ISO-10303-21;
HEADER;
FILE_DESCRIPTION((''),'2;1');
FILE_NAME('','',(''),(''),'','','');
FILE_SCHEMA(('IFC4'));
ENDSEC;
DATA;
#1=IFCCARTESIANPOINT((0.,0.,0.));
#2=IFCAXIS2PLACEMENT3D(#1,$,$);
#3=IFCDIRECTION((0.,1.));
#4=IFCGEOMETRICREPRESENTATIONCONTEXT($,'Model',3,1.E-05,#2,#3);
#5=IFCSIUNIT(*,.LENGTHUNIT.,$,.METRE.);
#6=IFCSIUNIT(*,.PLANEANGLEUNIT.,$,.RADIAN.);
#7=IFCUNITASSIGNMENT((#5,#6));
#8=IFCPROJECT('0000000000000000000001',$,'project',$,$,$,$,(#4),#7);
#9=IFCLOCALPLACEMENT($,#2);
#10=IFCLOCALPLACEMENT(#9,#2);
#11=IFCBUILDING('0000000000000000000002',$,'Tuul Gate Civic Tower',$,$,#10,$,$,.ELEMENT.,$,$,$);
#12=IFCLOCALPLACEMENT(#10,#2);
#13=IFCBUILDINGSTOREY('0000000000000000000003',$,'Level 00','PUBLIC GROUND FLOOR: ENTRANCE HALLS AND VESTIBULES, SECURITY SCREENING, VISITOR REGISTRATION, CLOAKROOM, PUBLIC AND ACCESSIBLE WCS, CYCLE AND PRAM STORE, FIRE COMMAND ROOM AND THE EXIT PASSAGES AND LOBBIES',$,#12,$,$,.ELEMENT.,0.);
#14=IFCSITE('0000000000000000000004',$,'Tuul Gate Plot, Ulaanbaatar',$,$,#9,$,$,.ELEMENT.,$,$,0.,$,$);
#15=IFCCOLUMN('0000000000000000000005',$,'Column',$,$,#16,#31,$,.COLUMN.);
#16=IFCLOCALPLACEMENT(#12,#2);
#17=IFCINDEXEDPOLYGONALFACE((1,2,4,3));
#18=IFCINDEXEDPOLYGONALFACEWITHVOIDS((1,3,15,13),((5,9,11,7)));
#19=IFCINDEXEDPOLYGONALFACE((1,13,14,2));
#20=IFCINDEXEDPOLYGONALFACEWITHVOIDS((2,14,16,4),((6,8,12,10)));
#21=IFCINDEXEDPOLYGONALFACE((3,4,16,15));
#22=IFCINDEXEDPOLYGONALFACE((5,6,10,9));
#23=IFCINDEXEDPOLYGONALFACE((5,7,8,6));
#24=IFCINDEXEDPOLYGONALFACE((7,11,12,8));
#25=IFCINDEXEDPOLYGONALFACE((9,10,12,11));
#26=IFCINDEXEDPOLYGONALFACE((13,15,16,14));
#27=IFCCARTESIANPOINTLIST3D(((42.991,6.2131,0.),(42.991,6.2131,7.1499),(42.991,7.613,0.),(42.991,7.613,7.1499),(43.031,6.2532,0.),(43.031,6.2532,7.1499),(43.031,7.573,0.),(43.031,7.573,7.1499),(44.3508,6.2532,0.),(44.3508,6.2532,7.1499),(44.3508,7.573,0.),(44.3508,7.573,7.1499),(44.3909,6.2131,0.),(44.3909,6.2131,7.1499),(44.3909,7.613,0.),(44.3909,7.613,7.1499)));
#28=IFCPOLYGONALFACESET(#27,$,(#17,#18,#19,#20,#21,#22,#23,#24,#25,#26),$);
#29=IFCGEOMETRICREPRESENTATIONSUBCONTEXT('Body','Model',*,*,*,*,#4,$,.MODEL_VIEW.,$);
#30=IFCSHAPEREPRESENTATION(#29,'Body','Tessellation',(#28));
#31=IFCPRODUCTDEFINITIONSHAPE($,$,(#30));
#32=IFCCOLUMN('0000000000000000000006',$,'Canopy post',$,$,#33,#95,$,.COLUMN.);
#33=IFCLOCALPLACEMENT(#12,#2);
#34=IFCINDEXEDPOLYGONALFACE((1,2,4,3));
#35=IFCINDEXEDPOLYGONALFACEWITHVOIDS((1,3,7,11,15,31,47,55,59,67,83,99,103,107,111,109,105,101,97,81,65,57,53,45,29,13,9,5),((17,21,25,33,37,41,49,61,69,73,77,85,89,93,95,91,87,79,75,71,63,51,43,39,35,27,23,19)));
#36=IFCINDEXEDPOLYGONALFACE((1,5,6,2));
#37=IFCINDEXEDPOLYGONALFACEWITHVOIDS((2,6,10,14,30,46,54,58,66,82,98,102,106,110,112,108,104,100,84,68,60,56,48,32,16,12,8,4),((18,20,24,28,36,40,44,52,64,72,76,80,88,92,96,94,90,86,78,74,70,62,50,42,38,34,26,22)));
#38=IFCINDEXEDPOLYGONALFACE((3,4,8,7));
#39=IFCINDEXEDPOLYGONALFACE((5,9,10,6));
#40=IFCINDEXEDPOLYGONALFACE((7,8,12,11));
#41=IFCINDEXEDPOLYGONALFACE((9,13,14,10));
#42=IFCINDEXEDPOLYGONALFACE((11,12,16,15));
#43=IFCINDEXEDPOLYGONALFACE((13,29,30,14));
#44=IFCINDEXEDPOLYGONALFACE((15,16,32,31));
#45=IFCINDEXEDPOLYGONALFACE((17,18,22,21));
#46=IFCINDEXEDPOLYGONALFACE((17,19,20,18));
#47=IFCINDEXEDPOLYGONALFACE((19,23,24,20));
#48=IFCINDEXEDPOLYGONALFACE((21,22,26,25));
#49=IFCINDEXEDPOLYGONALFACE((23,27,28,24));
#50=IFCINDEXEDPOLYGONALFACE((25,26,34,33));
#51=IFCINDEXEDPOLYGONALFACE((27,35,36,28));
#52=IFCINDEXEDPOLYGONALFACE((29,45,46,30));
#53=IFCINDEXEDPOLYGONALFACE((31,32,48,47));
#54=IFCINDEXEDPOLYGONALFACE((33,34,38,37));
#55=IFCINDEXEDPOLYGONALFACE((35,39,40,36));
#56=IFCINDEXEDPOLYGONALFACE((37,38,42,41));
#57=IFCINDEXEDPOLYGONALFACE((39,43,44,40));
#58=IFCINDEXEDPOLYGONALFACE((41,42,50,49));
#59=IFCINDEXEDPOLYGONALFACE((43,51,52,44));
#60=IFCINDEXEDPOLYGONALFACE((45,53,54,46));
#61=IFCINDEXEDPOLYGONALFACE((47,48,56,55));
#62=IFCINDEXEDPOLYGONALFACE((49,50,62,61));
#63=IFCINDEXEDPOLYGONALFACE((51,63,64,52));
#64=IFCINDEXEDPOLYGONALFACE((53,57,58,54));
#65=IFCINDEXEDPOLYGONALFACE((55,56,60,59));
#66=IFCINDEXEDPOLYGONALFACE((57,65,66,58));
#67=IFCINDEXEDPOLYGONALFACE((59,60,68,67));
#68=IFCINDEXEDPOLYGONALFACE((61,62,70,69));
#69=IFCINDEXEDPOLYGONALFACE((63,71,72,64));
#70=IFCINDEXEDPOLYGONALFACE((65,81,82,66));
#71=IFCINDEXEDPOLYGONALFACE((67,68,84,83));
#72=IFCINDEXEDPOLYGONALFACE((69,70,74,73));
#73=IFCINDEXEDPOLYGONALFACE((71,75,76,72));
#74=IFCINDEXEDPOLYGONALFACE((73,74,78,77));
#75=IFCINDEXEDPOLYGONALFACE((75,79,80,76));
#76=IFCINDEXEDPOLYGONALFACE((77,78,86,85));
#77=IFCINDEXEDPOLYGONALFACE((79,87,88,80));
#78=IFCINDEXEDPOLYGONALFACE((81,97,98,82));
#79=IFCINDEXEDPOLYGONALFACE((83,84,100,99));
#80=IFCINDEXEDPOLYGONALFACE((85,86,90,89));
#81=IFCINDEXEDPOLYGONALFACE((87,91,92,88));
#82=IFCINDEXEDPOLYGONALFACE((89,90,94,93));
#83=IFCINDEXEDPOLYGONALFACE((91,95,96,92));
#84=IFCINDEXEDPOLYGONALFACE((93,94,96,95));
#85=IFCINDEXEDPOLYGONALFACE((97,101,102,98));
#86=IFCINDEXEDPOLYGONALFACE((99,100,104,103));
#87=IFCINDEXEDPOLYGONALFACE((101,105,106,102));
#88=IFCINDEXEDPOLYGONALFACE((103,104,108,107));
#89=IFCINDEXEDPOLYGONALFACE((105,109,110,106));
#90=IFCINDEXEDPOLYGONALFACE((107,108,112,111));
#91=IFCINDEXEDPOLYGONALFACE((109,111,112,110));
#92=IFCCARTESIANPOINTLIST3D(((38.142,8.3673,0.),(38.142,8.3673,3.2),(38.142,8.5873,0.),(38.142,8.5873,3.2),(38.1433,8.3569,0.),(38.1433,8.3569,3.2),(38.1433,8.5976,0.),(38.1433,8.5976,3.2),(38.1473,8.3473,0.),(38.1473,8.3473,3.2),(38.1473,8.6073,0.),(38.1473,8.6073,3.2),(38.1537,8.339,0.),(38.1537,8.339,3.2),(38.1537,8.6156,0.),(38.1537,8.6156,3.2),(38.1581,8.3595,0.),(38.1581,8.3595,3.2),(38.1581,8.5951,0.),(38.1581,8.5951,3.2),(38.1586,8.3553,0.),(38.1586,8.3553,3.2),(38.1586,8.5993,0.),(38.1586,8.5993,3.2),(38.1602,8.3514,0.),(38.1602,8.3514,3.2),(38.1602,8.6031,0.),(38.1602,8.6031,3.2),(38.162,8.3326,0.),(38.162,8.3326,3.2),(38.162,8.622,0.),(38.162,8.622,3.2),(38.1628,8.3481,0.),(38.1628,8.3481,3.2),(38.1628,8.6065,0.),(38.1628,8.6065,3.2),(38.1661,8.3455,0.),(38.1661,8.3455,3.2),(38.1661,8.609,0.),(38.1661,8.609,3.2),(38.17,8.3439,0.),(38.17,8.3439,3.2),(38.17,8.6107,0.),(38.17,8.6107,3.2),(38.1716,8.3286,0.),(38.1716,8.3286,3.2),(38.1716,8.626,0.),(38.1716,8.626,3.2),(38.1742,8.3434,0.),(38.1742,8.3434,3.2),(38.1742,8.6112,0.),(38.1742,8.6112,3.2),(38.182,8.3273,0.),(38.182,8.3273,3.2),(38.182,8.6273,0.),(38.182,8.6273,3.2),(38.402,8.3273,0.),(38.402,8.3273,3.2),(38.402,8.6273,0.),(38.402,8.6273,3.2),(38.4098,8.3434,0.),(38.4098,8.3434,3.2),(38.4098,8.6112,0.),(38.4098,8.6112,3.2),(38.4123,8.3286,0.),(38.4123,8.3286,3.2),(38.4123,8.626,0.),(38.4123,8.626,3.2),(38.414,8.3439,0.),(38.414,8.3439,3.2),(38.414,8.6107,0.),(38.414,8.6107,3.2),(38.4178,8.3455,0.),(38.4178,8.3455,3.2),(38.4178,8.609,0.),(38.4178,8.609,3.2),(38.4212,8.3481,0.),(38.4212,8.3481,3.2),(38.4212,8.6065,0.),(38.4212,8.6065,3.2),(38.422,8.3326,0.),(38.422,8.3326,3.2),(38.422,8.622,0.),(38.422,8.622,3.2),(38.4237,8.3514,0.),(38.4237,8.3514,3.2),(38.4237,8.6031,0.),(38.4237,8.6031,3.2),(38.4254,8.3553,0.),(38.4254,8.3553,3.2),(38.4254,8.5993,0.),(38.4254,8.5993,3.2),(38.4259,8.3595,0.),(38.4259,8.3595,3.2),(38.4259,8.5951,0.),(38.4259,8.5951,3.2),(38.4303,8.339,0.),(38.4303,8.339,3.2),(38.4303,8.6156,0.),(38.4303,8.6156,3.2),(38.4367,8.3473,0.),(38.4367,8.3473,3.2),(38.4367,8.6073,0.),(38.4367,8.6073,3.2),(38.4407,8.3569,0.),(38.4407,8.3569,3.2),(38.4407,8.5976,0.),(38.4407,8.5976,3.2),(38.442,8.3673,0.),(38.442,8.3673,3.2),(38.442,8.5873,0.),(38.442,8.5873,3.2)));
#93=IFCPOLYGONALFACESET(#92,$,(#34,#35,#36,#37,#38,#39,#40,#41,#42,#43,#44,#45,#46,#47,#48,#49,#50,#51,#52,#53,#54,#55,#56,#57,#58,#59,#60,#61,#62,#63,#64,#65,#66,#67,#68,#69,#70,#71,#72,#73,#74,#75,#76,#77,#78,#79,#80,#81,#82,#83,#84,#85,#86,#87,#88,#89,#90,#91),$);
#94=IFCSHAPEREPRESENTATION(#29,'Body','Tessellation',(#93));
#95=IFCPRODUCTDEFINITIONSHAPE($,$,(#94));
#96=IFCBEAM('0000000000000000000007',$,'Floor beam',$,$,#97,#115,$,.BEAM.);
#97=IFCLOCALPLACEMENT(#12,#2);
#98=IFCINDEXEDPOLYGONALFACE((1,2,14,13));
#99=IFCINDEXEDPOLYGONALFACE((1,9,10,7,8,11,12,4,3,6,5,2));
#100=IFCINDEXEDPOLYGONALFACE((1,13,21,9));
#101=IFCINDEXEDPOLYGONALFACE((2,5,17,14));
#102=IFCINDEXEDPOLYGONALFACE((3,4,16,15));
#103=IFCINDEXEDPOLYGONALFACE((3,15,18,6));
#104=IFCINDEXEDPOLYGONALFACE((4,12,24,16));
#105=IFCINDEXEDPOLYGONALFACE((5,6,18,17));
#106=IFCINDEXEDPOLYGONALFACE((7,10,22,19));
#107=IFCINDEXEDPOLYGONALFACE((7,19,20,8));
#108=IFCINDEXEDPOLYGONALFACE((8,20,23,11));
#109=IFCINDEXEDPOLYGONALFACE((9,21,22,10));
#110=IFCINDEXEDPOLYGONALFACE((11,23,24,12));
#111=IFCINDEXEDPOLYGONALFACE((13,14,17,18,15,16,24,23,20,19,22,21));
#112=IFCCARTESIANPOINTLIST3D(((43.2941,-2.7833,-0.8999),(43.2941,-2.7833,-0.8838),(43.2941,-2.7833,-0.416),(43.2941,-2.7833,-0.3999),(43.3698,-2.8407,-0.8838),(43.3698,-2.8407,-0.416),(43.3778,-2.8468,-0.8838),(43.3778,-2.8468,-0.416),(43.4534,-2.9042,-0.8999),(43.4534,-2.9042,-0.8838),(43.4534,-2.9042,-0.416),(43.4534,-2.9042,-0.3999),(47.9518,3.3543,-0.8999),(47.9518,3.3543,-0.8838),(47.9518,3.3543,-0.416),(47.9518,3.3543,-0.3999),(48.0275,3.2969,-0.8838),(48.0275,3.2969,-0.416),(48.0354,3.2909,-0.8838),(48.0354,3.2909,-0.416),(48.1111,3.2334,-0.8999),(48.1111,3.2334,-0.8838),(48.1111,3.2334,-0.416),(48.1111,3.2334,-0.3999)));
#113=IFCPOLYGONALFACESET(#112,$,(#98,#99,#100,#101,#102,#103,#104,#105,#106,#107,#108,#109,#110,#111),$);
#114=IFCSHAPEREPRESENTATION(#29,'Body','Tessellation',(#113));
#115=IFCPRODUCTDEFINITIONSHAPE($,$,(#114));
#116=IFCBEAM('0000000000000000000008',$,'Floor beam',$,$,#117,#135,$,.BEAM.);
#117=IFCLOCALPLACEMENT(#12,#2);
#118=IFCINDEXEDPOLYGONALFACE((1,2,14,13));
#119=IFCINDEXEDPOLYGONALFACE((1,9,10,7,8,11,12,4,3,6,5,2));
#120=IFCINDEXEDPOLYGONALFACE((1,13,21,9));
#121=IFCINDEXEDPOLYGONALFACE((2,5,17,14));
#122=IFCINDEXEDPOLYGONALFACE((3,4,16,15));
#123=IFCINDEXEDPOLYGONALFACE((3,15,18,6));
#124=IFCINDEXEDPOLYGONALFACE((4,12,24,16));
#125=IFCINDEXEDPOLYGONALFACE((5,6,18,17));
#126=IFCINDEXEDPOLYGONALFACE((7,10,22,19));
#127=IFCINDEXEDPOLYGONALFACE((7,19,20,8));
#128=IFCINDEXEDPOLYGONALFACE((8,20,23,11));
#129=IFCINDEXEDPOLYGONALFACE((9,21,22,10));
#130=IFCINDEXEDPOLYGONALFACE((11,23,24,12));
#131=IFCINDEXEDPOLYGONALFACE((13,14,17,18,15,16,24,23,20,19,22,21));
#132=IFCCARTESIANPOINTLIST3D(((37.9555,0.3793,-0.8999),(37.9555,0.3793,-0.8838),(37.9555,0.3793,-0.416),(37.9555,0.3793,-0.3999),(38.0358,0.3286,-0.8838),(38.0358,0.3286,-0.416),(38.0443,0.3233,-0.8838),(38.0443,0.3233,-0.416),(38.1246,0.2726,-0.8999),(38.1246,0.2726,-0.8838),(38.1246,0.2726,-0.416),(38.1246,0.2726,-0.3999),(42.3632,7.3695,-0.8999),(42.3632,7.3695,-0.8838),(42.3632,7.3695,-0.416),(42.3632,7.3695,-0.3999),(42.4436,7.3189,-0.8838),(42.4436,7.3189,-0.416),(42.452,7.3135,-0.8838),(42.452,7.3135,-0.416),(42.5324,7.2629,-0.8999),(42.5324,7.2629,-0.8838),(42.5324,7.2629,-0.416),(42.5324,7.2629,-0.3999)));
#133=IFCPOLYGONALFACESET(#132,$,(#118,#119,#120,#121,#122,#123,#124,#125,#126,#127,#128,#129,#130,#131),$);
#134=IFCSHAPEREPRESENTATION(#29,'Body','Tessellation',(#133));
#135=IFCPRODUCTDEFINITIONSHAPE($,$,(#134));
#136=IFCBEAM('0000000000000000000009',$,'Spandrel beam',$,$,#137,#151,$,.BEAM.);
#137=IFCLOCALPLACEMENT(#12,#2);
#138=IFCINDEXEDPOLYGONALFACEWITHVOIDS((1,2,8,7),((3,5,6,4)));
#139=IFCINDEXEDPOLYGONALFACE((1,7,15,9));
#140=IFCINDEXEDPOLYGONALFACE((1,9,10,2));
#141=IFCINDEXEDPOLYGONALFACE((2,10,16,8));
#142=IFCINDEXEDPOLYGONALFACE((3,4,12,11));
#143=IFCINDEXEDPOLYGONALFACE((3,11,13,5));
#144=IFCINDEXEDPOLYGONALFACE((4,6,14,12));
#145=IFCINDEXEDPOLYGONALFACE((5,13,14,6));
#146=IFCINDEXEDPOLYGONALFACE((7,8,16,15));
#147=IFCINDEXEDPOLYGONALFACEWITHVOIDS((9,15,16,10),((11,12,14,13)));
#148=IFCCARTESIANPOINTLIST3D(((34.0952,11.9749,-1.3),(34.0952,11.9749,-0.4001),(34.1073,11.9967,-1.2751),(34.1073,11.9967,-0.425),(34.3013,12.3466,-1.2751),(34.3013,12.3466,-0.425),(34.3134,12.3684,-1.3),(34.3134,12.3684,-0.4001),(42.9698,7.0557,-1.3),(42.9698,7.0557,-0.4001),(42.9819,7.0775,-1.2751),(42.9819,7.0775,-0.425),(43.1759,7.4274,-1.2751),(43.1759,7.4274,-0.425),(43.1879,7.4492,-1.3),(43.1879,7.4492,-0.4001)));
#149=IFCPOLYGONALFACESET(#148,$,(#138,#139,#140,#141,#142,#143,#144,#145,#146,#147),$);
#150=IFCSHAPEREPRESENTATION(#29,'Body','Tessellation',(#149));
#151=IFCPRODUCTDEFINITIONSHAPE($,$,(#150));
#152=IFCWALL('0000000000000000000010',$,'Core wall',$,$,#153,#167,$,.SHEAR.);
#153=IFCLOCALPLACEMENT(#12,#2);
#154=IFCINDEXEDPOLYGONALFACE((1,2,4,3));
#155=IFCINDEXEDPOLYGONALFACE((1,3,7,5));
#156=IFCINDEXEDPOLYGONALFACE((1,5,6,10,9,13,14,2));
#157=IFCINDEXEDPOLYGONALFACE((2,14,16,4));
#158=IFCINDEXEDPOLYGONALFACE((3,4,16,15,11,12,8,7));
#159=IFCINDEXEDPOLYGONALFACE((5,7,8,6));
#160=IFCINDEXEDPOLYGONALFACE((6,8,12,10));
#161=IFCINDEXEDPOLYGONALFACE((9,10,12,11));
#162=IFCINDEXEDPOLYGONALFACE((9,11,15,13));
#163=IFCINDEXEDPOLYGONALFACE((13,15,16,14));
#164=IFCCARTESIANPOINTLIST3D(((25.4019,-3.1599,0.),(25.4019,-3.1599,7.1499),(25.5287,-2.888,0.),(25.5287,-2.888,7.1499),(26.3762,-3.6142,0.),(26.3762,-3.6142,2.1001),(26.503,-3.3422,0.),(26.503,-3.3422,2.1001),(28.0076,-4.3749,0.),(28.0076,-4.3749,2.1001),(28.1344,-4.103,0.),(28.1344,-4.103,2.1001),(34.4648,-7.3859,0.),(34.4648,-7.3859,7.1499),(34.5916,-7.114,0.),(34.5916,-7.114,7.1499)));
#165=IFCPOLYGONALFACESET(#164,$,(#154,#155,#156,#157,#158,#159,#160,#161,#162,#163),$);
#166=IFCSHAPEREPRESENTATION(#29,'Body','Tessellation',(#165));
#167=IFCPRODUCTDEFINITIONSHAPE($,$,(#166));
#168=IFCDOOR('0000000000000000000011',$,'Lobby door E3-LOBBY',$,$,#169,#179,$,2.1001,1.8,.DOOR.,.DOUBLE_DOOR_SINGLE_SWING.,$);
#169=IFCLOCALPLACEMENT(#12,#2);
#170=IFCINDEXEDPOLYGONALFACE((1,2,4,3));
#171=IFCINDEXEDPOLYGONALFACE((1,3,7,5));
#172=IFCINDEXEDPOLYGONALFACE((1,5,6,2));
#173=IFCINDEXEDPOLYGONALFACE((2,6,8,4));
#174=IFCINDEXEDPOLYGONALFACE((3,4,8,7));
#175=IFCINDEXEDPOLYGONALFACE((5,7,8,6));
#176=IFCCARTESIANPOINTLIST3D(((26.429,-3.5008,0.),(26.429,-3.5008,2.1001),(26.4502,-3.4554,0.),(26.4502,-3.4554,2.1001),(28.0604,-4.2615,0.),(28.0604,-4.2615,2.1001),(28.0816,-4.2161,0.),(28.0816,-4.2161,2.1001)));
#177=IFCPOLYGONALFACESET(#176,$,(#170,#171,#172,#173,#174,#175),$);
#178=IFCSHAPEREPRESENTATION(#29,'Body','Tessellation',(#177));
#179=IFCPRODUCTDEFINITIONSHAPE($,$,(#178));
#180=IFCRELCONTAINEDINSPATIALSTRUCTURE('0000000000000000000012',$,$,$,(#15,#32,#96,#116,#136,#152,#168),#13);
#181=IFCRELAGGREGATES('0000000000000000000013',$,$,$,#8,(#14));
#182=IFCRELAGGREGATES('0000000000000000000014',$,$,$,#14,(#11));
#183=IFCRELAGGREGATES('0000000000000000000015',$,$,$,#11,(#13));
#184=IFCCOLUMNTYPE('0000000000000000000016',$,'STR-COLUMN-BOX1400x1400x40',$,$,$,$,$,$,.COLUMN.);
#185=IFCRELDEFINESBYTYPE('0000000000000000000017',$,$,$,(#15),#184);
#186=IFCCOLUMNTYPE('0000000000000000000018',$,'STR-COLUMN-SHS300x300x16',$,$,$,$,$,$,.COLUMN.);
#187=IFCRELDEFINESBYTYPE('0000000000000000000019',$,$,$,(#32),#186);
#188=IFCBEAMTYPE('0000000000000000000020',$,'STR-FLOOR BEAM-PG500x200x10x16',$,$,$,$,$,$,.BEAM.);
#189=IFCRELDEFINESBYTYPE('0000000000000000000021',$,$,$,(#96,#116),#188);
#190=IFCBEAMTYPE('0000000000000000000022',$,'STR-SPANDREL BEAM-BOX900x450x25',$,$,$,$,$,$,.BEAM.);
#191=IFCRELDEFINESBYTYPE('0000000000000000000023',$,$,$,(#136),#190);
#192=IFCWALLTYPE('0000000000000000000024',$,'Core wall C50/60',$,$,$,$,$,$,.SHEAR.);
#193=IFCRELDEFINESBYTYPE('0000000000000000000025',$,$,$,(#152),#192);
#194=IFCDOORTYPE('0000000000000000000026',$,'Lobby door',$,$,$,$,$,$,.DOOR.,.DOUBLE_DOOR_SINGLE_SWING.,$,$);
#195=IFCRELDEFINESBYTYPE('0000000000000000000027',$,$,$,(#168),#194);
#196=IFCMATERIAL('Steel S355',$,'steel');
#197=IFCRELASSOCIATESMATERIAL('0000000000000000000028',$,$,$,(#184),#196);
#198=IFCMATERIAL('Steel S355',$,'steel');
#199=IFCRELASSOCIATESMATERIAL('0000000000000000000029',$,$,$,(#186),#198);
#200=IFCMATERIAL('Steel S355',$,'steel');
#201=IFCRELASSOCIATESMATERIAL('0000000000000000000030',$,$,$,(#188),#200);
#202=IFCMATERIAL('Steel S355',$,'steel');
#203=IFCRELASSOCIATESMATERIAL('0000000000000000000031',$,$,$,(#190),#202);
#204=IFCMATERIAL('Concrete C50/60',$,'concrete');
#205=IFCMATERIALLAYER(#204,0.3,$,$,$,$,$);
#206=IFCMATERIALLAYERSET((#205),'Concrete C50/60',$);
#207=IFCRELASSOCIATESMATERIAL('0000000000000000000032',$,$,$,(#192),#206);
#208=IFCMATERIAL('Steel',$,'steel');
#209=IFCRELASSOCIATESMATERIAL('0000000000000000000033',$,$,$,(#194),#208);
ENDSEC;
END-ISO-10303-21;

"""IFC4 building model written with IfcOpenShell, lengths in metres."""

from ifc_helpers import new_model, si_unit, direction, frame, frame_2d, origin, origin_2d, place, context, subcontext, project, spatial, rectangle, hollow_rectangle, i_section, extrude, material, layer, layer_set, material_profile, profile_set, type_object, element, fill, save


model = new_model("IFC4")

# Units and contexts
model_context = context("Model", 3, precision=1e-05, world=origin(), true_north=direction((0.0, 1.0)))
body_context = subcontext(model_context, "Body", "Model", "MODEL_VIEW")
ifc_project = project(units=[si_unit("LENGTHUNIT", "METRE"), si_unit("PLANEANGLEUNIT", "RADIAN")], contexts=[model_context])

# Site, building, storey
site_placement = place(None, origin())
site = spatial("IfcSite", under=ifc_project, at=site_placement, Name="Tuul Gate Plot, Ulaanbaatar", CompositionType="ELEMENT", RefElevation=0.0)
building_placement = place(site_placement, origin())
building = spatial("IfcBuilding", under=site, at=building_placement, Name="Tuul Gate Civic Tower", CompositionType="ELEMENT")
storey_placement = place(building_placement, origin())
storey = spatial("IfcBuildingStorey", under=building, at=storey_placement, Name="Level 00", Description="PUBLIC GROUND FLOOR: ENTRANCE HALLS AND VESTIBULES, SECURITY SCREENING, VISITOR REGISTRATION, CLOAKROOM, PUBLIC AND ACCESSIBLE WCS, CYCLE AND PRAM STORE, FIRE COMMAND ROOM AND THE EXIT PASSAGES AND LOBBIES", CompositionType="ELEMENT", Elevation=0.0)

# Columns
ifc_material_1 = material(Name="Steel S355", Category="steel")
ifc_material_profile_1 = material_profile(ifc_material_1, hollow_rectangle(XDim=1.3999, YDim=1.3999, WallThickness=0.04, at=origin_2d()), Name="BOX1400x1400x40")
ifc_profile_set_1 = profile_set([ifc_material_profile_1], Name="Steel S355")
column_type_1 = type_object("IfcColumnType", Name="STR-COLUMN-BOX1400x1400x40", PredefinedType="COLUMN", material=ifc_profile_set_1)
column_1_placement = place(storey_placement, frame((43.6909, 6.9131, 0.0), z_axis=(0.0, 0.0, 1.0), x_axis=(1.0, 0.0, 0.0)))
element("IfcColumn", 1, at=column_1_placement, inside=storey, type_object=column_type_1, Name="Column", PredefinedType="COLUMN", context=body_context, shape_type="SweptSolid", body=[
    extrude(hollow_rectangle(XDim=1.3999, YDim=1.3999, WallThickness=0.04, at=origin_2d()), origin(), (0.0, 0.0, 1.0), 7.1499),
])
ifc_material_2 = material(Name="Steel S355", Category="steel")
ifc_material_profile_2 = material_profile(ifc_material_2, hollow_rectangle(XDim=0.3, YDim=0.3, WallThickness=0.0161, InnerFilletRadius=0.0161, OuterFilletRadius=0.04, at=origin_2d()), Name="SHS300x300x16")
ifc_profile_set_2 = profile_set([ifc_material_profile_2], Name="Steel S355")
column_type_2 = type_object("IfcColumnType", Name="STR-COLUMN-SHS300x300x16", PredefinedType="COLUMN", material=ifc_profile_set_2)
column_2_placement = place(storey_placement, frame((38.292, 8.4773, 0.0), z_axis=(0.0, 0.0, 1.0), x_axis=(1.0, 0.0, 0.0)))
element("IfcColumn", 2, at=column_2_placement, inside=storey, type_object=column_type_2, Name="Canopy post", PredefinedType="COLUMN", context=body_context, shape_type="SweptSolid", body=[
    extrude(hollow_rectangle(XDim=0.3, YDim=0.3, WallThickness=0.0161, InnerFilletRadius=0.0161, OuterFilletRadius=0.04, at=origin_2d()), origin(), (0.0, 0.0, 1.0), 3.2),
])

# Beams
ifc_material_3 = material(Name="Steel S355", Category="steel")
ifc_material_profile_3 = material_profile(ifc_material_3, i_section(OverallWidth=0.2, OverallDepth=0.5, WebThickness=0.01, FlangeThickness=0.0161, at=origin_2d()), Name="PG500x200x10x16")
ifc_profile_set_3 = profile_set([ifc_material_profile_3], Name="Steel S355")
beam_type_1 = type_object("IfcBeamType", Name="STR-FLOOR BEAM-PG500x200x10x16", PredefinedType="BEAM", material=ifc_profile_set_3)
beam_1_placement = place(storey_placement, frame((43.3738, -2.8438, -0.6499), z_axis=(0.604513, 0.796596, 0.0), x_axis=(-0.796596, 0.604513, 0.0)))
element("IfcBeam", 3, at=beam_1_placement, inside=storey, type_object=beam_type_1, Name="Floor beam", PredefinedType="BEAM", context=body_context, shape_type="SweptSolid", body=[
    extrude(i_section(OverallWidth=0.2, OverallDepth=0.5, WebThickness=0.01, FlangeThickness=0.0161, at=origin_2d()), origin(), (0.0, 0.0, 1.0), 7.7048),
])
beam_2_placement = place(storey_placement, frame((38.04, 0.3259, -0.6499), z_axis=(0.533373, 0.84588, 0.0), x_axis=(-0.84588, 0.533373, 0.0)))
element("IfcBeam", 4, at=beam_2_placement, inside=storey, type_object=beam_type_1, Name="Floor beam", PredefinedType="BEAM", context=body_context, shape_type="SweptSolid", body=[
    extrude(i_section(OverallWidth=0.2, OverallDepth=0.5, WebThickness=0.01, FlangeThickness=0.0161, at=origin_2d()), origin(), (0.0, 0.0, 1.0), 8.2639),
])
ifc_material_4 = material(Name="Steel S355", Category="steel")
ifc_material_profile_4 = material_profile(ifc_material_4, hollow_rectangle(XDim=0.45, YDim=0.8999, WallThickness=0.0249, at=origin_2d()), Name="BOX900x450x25")
ifc_profile_set_4 = profile_set([ifc_material_profile_4], Name="Steel S355")
beam_type_2 = type_object("IfcBeamType", Name="STR-SPANDREL BEAM-BOX900x450x25", PredefinedType="BEAM", material=ifc_profile_set_4)
beam_3_placement = place(storey_placement, frame((43.0789, 7.2524, -0.8501), z_axis=(-0.874621, 0.484807, 0.0), x_axis=(-0.484807, -0.874621, 0.0)))
element("IfcBeam", 5, at=beam_3_placement, inside=storey, type_object=beam_type_2, Name="Spandrel beam", PredefinedType="BEAM", context=body_context, shape_type="SweptSolid", body=[
    extrude(hollow_rectangle(XDim=0.45, YDim=0.8999, WallThickness=0.0249, at=origin_2d()), origin(), (0.0, 0.0, 1.0), 10.1467),
])

# Wall, opening, door
ifc_material_5 = material(Name="Concrete C50/60", Category="concrete")
ifc_layer_1 = layer(ifc_material_5, 0.3)
ifc_layer_set_1 = layer_set([ifc_layer_1], Name="Concrete C50/60")
wall_type_1 = type_object("IfcWallType", Name="Core wall C50/60", PredefinedType="SHEAR", material=ifc_layer_set_1)
wall_1_placement = place(storey_placement, frame((34.5283, -7.25, 0.0), z_axis=(0.0, 0.0, 1.0), x_axis=(-0.90631, 0.422613, 0.0)))
wall_1 = element("IfcWall", 6, at=wall_1_placement, inside=storey, type_object=wall_type_1, Name="Core wall", PredefinedType="SHEAR", context=body_context, shape_type="SweptSolid", body=[
    extrude(rectangle(XDim=9.9998, YDim=0.3, at=frame_2d((5.0, 0.0))), origin(), (0.0, 0.0, 1.0), 7.1499),
])
opening_1_placement = place(wall_1_placement, frame((7.125, 0.0, 0.0)))
opening_1 = element("IfcOpeningElement", 7, at=opening_1_placement, cuts=wall_1, PredefinedType="OPENING", context=body_context, shape_type="SweptSolid", body=[
    extrude(rectangle(XDim=1.8, YDim=2.1001, at=frame_2d((0.8999, 1.05))), frame((0.0, 0.1602, 0.0), z_axis=(0.0, -1.0, 0.0), x_axis=(1.0, 0.0, 0.0)), (0.0, 0.0, 1.0), 0.3201),
])
ifc_material_6 = material(Name="Steel", Category="steel")
door_type_1 = type_object("IfcDoorType", Name="Lobby door", OperationType="DOUBLE_DOOR_SINGLE_SWING", PredefinedType="DOOR", material=ifc_material_6)
door_1_placement = place(opening_1_placement, origin())
door_1 = element("IfcDoor", 8, at=door_1_placement, inside=storey, type_object=door_type_1, Name="Lobby door E3-LOBBY", OperationType="DOUBLE_DOOR_SINGLE_SWING", OverallHeight=2.1001, OverallWidth=1.8, PredefinedType="DOOR", context=body_context, shape_type="SweptSolid", body=[
    extrude(rectangle(XDim=1.8, YDim=2.1001, at=frame_2d((0.8999, 1.05))), frame((0.0, 0.0249, 0.0), z_axis=(0.0, -1.0, 0.0), x_axis=(1.0, 0.0, 0.0)), (0.0, 0.0, 1.0), 0.05),
])
fill(opening_1, door_1)

save(model, "model.ifc")
